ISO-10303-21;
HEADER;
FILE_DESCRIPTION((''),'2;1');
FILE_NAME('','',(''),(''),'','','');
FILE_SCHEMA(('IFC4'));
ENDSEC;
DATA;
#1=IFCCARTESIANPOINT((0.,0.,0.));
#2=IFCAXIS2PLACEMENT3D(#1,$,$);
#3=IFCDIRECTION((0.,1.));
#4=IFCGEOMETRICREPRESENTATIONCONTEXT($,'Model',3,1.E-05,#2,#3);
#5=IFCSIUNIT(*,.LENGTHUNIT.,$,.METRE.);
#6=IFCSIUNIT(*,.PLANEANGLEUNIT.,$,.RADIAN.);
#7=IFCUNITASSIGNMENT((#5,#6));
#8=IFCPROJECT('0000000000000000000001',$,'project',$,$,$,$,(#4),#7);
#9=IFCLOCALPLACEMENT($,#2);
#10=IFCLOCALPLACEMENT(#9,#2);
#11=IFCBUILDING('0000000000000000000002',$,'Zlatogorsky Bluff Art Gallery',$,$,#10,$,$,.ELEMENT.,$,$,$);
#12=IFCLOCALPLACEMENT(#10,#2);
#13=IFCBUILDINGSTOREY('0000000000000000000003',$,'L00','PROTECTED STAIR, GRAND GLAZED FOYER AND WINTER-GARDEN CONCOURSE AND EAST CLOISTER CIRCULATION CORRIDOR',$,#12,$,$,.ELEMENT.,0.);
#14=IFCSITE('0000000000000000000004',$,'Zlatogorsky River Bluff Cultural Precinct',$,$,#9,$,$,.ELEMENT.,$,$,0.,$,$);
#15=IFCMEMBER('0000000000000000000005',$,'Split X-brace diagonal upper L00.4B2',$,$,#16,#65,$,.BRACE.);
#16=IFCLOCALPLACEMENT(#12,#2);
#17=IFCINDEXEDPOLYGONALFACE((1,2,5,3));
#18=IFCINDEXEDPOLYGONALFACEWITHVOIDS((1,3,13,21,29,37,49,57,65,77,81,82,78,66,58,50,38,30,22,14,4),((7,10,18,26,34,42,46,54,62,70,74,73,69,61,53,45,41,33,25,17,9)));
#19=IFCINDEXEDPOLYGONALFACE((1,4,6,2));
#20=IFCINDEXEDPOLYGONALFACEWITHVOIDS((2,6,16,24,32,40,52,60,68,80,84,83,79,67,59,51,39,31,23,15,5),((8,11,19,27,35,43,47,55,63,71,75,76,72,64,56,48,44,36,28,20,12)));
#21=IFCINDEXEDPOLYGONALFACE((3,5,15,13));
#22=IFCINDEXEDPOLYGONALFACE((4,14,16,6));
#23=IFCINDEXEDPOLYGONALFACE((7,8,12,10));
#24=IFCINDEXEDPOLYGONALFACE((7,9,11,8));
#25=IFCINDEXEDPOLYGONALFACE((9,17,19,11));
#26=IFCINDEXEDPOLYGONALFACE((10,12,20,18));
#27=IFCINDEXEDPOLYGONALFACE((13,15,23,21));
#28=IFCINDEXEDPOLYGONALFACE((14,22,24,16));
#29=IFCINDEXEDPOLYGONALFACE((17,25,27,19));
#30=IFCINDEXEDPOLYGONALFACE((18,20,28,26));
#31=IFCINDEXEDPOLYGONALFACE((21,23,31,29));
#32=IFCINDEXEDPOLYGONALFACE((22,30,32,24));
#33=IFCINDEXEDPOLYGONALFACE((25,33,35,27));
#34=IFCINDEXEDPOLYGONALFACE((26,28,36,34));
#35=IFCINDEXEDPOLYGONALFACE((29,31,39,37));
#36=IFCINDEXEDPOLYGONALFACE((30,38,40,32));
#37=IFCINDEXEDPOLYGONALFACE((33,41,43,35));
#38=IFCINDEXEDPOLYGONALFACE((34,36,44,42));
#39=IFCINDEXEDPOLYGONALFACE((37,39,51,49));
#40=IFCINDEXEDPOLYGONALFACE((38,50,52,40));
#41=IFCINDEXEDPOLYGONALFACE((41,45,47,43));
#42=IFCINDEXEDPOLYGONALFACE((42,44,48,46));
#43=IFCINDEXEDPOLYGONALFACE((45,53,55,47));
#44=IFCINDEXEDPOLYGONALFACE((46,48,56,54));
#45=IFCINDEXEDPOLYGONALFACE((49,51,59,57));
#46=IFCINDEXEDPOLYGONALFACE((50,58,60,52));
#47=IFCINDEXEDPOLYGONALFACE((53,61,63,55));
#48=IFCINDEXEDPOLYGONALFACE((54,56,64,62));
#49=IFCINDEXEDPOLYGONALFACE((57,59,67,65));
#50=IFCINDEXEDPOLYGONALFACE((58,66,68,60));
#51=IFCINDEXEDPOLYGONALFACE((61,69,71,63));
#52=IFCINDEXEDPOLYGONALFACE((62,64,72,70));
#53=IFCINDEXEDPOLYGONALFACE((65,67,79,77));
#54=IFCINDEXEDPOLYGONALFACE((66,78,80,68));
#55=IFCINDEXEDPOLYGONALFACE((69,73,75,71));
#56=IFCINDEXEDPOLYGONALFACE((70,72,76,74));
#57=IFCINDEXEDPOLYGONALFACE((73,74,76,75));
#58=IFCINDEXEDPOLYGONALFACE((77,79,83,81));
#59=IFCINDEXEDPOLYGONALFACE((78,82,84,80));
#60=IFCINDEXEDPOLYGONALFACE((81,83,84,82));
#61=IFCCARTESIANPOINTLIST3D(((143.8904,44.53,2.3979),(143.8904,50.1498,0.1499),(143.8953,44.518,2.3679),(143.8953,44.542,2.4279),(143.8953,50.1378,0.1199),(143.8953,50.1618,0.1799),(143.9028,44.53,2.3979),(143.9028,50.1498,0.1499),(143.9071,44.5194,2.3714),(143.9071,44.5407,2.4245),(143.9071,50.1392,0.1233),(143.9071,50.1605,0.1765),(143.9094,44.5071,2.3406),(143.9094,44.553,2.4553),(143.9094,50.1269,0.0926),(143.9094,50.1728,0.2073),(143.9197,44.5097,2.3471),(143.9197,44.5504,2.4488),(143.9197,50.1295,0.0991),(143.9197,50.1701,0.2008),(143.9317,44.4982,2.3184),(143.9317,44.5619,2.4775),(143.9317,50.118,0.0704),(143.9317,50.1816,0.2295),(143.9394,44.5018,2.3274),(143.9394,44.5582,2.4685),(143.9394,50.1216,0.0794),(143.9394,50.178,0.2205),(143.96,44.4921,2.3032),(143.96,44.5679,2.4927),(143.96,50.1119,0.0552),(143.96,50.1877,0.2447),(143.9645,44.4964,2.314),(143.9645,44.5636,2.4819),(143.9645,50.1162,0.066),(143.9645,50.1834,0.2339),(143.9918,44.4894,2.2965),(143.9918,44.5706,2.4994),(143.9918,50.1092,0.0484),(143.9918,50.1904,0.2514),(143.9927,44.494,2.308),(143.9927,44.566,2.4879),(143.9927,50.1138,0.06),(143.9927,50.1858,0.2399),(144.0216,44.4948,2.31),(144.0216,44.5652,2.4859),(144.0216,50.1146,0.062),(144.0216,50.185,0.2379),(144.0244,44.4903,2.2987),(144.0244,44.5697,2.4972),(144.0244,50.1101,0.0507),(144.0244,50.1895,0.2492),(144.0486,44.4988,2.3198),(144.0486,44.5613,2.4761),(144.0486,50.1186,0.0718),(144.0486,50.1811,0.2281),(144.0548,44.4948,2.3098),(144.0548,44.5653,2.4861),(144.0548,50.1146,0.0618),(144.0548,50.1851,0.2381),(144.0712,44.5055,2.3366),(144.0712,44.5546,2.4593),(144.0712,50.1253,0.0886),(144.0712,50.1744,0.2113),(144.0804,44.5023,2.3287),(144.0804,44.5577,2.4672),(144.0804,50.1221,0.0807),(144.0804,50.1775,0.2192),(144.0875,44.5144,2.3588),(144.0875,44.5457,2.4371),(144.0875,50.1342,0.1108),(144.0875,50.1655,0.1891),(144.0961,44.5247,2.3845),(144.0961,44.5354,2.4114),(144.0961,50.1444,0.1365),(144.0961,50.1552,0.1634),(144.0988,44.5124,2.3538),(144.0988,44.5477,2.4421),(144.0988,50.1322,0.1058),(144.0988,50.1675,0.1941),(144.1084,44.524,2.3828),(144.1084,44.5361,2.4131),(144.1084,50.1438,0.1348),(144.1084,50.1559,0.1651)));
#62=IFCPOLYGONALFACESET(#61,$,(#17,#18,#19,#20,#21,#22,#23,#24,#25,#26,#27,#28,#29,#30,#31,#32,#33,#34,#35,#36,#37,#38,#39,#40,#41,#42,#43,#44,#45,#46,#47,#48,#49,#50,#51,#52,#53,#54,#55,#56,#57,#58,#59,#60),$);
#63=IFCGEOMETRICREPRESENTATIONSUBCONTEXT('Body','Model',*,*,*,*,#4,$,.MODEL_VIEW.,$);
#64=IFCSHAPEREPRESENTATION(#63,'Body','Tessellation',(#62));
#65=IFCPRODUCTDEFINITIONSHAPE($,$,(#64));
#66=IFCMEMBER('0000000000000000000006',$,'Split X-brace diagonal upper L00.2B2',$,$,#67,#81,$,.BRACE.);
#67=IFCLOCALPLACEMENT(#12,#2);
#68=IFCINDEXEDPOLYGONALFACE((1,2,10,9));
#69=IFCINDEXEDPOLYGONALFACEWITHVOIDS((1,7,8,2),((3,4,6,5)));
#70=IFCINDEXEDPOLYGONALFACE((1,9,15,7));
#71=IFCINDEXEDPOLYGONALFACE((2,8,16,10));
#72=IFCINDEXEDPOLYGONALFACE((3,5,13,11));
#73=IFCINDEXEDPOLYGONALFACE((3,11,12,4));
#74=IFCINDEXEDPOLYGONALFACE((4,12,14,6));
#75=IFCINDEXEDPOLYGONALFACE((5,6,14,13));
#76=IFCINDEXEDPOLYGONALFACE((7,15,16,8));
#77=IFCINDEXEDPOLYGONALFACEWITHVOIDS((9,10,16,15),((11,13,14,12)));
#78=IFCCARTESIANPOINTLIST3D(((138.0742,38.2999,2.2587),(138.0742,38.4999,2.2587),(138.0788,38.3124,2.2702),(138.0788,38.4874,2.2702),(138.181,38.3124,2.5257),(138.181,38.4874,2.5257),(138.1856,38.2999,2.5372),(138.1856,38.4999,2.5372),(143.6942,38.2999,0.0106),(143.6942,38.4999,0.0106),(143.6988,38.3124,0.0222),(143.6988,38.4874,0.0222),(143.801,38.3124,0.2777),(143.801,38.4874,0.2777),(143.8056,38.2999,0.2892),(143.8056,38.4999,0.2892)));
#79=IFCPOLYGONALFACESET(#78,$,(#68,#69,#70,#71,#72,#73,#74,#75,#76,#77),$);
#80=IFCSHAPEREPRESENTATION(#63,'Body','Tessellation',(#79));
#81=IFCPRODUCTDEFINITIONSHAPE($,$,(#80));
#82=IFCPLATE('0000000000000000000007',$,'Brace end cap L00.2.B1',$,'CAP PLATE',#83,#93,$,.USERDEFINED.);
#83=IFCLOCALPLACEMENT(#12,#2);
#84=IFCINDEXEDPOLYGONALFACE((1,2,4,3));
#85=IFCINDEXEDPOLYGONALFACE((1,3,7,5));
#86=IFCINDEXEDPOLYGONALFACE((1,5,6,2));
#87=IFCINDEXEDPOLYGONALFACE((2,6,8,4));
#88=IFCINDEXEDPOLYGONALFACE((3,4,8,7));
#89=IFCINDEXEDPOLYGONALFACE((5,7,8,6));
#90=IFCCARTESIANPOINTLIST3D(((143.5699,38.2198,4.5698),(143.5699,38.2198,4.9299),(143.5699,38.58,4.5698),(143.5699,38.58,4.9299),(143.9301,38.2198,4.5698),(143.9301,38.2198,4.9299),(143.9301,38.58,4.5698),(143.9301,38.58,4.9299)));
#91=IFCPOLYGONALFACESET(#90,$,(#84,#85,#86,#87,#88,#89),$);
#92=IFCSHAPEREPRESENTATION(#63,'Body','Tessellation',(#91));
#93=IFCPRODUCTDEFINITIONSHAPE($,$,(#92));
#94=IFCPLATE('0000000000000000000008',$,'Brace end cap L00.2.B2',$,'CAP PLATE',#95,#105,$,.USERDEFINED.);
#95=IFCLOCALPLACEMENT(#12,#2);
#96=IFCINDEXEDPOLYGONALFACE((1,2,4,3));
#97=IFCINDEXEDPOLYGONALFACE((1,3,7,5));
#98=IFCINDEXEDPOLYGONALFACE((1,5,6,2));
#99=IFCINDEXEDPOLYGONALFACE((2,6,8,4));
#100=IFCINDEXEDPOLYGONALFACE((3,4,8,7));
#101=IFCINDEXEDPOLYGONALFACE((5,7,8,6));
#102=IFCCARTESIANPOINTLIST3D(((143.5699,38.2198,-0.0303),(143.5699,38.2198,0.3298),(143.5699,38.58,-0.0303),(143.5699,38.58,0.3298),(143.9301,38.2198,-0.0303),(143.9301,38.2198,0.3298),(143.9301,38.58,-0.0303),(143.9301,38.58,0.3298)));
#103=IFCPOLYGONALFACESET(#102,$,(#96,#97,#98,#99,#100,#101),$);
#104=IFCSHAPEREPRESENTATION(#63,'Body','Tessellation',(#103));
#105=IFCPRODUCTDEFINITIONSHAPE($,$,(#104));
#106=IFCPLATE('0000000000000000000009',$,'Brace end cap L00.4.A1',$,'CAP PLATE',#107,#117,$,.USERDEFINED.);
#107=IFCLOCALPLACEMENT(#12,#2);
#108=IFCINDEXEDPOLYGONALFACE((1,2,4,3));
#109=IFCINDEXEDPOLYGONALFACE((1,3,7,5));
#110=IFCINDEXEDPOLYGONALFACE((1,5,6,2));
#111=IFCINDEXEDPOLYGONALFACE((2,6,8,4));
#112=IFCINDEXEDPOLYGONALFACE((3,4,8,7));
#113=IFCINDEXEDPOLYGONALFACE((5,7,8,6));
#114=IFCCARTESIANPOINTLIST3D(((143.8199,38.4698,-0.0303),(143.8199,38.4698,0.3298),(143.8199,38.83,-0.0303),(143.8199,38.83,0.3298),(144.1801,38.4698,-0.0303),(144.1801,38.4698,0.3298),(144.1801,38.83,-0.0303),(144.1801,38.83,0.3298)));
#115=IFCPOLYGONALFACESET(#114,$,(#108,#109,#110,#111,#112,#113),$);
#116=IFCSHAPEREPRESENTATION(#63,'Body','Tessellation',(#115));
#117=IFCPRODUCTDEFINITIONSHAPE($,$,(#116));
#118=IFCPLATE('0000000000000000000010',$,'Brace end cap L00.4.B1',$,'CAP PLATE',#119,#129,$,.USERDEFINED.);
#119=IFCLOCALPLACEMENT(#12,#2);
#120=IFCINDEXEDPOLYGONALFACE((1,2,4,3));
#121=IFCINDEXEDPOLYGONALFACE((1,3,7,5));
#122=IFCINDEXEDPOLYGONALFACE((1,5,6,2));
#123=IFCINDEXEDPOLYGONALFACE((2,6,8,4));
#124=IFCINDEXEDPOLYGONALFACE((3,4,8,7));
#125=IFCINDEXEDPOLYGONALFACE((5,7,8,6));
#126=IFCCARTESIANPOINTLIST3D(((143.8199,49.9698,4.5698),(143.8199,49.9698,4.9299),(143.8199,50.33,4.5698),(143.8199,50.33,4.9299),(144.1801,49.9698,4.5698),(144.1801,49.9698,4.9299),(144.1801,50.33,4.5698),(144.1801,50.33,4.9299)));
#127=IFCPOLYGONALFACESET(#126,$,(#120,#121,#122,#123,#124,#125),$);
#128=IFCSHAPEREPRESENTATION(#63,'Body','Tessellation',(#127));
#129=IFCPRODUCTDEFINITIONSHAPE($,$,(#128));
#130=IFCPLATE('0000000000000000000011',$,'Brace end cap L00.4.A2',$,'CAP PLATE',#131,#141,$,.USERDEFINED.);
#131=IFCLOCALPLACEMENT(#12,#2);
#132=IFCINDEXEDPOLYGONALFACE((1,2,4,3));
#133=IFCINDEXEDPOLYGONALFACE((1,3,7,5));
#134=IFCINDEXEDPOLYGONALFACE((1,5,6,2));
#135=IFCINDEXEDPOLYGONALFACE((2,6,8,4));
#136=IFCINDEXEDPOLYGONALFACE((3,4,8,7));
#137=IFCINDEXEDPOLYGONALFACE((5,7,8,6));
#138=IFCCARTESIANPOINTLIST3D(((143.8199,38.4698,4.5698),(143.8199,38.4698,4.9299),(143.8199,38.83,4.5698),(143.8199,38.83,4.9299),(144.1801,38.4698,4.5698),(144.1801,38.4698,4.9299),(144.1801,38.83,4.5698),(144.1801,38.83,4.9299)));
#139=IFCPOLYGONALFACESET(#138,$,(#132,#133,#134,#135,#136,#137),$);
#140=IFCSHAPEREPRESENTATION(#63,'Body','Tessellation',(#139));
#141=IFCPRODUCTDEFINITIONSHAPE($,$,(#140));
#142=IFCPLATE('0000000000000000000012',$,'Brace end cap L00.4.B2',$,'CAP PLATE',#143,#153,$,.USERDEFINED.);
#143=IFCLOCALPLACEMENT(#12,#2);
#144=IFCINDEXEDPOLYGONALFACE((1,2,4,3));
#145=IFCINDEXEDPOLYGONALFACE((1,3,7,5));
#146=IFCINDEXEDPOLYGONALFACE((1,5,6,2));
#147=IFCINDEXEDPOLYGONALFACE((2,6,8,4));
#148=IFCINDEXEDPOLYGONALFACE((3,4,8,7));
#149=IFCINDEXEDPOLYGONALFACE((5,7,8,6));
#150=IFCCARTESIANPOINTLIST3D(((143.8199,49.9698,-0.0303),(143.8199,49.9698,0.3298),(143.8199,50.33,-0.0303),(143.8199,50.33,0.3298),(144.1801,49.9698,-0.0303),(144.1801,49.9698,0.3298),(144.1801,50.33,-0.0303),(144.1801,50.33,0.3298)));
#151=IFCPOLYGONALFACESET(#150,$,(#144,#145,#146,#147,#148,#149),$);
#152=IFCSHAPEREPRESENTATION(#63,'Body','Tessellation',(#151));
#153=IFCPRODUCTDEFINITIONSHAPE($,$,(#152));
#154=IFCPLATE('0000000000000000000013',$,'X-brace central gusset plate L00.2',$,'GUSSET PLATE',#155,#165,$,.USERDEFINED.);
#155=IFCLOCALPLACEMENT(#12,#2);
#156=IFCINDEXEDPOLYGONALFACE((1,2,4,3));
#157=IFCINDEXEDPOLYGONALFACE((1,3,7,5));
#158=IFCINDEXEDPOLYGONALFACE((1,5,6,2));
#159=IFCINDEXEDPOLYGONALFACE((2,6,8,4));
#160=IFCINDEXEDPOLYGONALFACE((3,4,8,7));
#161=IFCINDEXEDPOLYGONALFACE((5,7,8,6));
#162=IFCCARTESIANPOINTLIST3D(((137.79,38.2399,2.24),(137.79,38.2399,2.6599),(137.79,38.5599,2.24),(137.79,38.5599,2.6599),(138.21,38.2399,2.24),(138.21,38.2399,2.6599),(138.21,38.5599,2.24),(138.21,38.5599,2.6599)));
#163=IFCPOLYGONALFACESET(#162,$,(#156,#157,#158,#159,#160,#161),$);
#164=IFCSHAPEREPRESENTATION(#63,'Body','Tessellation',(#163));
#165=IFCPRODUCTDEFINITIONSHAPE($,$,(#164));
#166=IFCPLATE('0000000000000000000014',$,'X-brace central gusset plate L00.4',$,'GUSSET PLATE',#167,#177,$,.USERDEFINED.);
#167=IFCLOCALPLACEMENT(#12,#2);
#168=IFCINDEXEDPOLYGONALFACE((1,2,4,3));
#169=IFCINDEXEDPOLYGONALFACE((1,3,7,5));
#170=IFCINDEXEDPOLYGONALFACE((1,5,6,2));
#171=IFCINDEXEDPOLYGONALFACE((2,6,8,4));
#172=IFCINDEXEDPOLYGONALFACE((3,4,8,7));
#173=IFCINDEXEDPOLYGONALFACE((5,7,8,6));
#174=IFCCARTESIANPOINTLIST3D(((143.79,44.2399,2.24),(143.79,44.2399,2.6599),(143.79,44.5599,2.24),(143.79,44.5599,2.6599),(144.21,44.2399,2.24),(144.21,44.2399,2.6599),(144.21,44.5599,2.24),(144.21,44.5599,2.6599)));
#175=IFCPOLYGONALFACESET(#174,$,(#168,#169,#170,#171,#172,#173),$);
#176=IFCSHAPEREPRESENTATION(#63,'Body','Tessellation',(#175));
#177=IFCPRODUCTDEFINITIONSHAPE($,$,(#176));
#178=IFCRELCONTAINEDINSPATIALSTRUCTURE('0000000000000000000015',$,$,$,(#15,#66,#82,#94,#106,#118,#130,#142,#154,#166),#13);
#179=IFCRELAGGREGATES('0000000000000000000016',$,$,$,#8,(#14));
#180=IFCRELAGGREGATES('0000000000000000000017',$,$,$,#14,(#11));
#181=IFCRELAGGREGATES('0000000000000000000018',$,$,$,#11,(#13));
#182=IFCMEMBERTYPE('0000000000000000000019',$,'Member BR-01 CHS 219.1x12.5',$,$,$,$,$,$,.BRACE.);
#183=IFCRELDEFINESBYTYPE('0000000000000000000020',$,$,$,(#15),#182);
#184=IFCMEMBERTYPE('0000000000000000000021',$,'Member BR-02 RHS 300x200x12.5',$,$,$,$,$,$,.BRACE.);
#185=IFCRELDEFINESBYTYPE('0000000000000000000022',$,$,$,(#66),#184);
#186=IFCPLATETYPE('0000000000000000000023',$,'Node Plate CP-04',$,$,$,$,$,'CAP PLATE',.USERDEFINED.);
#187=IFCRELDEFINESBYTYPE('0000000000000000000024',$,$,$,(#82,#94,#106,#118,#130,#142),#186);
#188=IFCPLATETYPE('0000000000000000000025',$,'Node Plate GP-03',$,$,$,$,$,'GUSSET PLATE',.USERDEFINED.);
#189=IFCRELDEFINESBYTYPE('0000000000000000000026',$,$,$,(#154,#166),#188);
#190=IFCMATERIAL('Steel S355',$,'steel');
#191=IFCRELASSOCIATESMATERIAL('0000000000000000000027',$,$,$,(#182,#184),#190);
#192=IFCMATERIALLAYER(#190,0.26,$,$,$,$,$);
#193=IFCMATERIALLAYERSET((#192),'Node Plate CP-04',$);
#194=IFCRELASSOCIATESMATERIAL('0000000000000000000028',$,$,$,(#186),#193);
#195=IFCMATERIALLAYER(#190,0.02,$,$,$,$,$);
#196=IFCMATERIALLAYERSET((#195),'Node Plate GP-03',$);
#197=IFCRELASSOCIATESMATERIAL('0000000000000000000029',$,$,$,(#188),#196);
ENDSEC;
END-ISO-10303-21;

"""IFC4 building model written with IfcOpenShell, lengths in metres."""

from ifc_helpers import new_model, si_unit, direction, frame, origin, origin_2d, place, context, subcontext, project, spatial, rectangle, hollow_rectangle, hollow_circle, extrude, material, layer, layer_set, material_profile, profile_set, type_object, element, save


model = new_model("IFC4")

# Units and contexts
model_context = context("Model", 3, precision=1e-05, world=origin(), true_north=direction((0.0, 1.0)))
body_context = subcontext(model_context, "Body", "Model", "MODEL_VIEW")
ifc_project = project(units=[si_unit("LENGTHUNIT", "METRE"), si_unit("PLANEANGLEUNIT", "RADIAN")], contexts=[model_context])

# Site, building, storey
site_placement = place(None, origin())
site = spatial("IfcSite", under=ifc_project, at=site_placement, Name="Zlatogorsky River Bluff Cultural Precinct", CompositionType="ELEMENT", RefElevation=0.0)
building_placement = place(site_placement, origin())
building = spatial("IfcBuilding", under=site, at=building_placement, Name="Zlatogorsky Bluff Art Gallery", CompositionType="ELEMENT")
storey_placement = place(building_placement, origin())
storey = spatial("IfcBuildingStorey", under=building, at=storey_placement, Name="L00", Description="PROTECTED STAIR, GRAND GLAZED FOYER AND WINTER-GARDEN CONCOURSE AND EAST CLOISTER CIRCULATION CORRIDOR", CompositionType="ELEMENT", Elevation=0.0)

# Shared definitions
ifc_material_1 = material(Name="Steel S355", Category="steel")

# Members
ifc_material_profile_1 = material_profile(ifc_material_1, hollow_circle(Radius=0.1096, WallThickness=0.0125, at=origin_2d()), Name="CHS 219.1x12.5")
ifc_profile_set_1 = profile_set([ifc_material_profile_1], Name="Steel S355")
member_type_1 = type_object("IfcMemberType", Name="Member BR-01 CHS 219.1x12.5", PredefinedType="BRACE", material=ifc_profile_set_1)
member_1_placement = place(storey_placement, frame((144.0, 44.53, 2.3979), z_axis=(0.0, 0.928471, -0.371405), x_axis=(-1.0, 0.0, 0.0)))
element("IfcMember", 1, at=member_1_placement, inside=storey, type_object=member_type_1, Name="Split X-brace diagonal upper L00.4B2", PredefinedType="BRACE", context=body_context, shape_type="SweptSolid", body=[
    extrude(hollow_circle(Radius=0.1096, WallThickness=0.0125, at=origin_2d()), origin(), (0.0, 0.0, 1.0), 6.0527),
])
ifc_material_profile_2 = material_profile(ifc_material_1, hollow_rectangle(XDim=0.2, YDim=0.3, WallThickness=0.0125, at=origin_2d()), Name="RHS 300x200x12.5")
ifc_profile_set_2 = profile_set([ifc_material_profile_2], Name="Steel S355")
member_type_2 = type_object("IfcMemberType", Name="Member BR-02 RHS 300x200x12.5", PredefinedType="BRACE", material=ifc_profile_set_2)
member_2_placement = place(storey_placement, frame((138.1299, 38.3999, 2.3979), z_axis=(0.928477, 0.0, -0.371391), x_axis=(0.0, 1.0, 0.0)))
element("IfcMember", 2, at=member_2_placement, inside=storey, type_object=member_type_2, Name="Split X-brace diagonal upper L00.2B2", PredefinedType="BRACE", context=body_context, shape_type="SweptSolid", body=[
    extrude(hollow_rectangle(XDim=0.2, YDim=0.3, WallThickness=0.0125, at=origin_2d()), origin(), (0.0, 0.0, 1.0), 6.053),
])

# Plates
ifc_layer_1 = layer(ifc_material_1, 0.26)
ifc_layer_set_1 = layer_set([ifc_layer_1], Name="Node Plate CP-04")
plate_type_1 = type_object("IfcPlateType", Name="Node Plate CP-04", ElementType="CAP PLATE", PredefinedType="USERDEFINED", material=ifc_layer_set_1)
for number, where, z_axis, x_axis, name in (
    (3, (143.75, 38.3999, 4.5698), (0.0, 0.0, 1.0), (1.0, 0.0, 0.0), "Brace end cap L00.2.B1"),
    (4, (143.75, 38.3999, -0.0303), (0.0, 0.0, 1.0), (1.0, 0.0, 0.0), "Brace end cap L00.2.B2"),
    (5, (144.0, 38.6499, -0.0303), (0.0, 0.0, 1.0), (1.0, 0.0, 0.0), "Brace end cap L00.4.A1"),
    (6, (144.0, 50.1499, 4.5698), (0.0, 0.0, 1.0), (1.0, 0.0, 0.0), "Brace end cap L00.4.B1"),
    (7, (144.0, 38.6499, 4.5698), (0.0, 0.0, 1.0), (1.0, 0.0, 0.0), "Brace end cap L00.4.A2"),
    (8, (144.0, 50.1499, -0.0303), (0.0, 0.0, 1.0), (1.0, 0.0, 0.0), "Brace end cap L00.4.B2"),
):
    element("IfcPlate", number, at=place(storey_placement, frame(where, z_axis=z_axis, x_axis=x_axis)), inside=storey, type_object=plate_type_1, Name=name, ObjectType="CAP PLATE", PredefinedType="USERDEFINED", context=body_context, shape_type="SweptSolid", body=[
        extrude(rectangle(XDim=0.3601, YDim=0.3601, at=origin_2d()), origin(), (0.0, 0.0, 1.0), 0.3601),
    ])
ifc_layer_2 = layer(ifc_material_1, 0.02)
ifc_layer_set_2 = layer_set([ifc_layer_2], Name="Node Plate GP-03")
plate_type_2 = type_object("IfcPlateType", Name="Node Plate GP-03", ElementType="GUSSET PLATE", PredefinedType="USERDEFINED", material=ifc_layer_set_2)
for number, where, z_axis, x_axis, name in (
    (9, (138.0, 38.3999, 2.24), (0.0, 0.0, 1.0), (1.0, 0.0, 0.0), "X-brace central gusset plate L00.2"),
    (10, (144.0, 44.3999, 2.24), (0.0, 0.0, 1.0), (1.0, 0.0, 0.0), "X-brace central gusset plate L00.4"),
):
    element("IfcPlate", number, at=place(storey_placement, frame(where, z_axis=z_axis, x_axis=x_axis)), inside=storey, type_object=plate_type_2, Name=name, ObjectType="GUSSET PLATE", PredefinedType="USERDEFINED", context=body_context, shape_type="SweptSolid", body=[
        extrude(rectangle(XDim=0.4199, YDim=0.3201, at=origin_2d()), origin(), (0.0, 0.0, 1.0), 0.4199),
    ])

save(model, "model.ifc")
